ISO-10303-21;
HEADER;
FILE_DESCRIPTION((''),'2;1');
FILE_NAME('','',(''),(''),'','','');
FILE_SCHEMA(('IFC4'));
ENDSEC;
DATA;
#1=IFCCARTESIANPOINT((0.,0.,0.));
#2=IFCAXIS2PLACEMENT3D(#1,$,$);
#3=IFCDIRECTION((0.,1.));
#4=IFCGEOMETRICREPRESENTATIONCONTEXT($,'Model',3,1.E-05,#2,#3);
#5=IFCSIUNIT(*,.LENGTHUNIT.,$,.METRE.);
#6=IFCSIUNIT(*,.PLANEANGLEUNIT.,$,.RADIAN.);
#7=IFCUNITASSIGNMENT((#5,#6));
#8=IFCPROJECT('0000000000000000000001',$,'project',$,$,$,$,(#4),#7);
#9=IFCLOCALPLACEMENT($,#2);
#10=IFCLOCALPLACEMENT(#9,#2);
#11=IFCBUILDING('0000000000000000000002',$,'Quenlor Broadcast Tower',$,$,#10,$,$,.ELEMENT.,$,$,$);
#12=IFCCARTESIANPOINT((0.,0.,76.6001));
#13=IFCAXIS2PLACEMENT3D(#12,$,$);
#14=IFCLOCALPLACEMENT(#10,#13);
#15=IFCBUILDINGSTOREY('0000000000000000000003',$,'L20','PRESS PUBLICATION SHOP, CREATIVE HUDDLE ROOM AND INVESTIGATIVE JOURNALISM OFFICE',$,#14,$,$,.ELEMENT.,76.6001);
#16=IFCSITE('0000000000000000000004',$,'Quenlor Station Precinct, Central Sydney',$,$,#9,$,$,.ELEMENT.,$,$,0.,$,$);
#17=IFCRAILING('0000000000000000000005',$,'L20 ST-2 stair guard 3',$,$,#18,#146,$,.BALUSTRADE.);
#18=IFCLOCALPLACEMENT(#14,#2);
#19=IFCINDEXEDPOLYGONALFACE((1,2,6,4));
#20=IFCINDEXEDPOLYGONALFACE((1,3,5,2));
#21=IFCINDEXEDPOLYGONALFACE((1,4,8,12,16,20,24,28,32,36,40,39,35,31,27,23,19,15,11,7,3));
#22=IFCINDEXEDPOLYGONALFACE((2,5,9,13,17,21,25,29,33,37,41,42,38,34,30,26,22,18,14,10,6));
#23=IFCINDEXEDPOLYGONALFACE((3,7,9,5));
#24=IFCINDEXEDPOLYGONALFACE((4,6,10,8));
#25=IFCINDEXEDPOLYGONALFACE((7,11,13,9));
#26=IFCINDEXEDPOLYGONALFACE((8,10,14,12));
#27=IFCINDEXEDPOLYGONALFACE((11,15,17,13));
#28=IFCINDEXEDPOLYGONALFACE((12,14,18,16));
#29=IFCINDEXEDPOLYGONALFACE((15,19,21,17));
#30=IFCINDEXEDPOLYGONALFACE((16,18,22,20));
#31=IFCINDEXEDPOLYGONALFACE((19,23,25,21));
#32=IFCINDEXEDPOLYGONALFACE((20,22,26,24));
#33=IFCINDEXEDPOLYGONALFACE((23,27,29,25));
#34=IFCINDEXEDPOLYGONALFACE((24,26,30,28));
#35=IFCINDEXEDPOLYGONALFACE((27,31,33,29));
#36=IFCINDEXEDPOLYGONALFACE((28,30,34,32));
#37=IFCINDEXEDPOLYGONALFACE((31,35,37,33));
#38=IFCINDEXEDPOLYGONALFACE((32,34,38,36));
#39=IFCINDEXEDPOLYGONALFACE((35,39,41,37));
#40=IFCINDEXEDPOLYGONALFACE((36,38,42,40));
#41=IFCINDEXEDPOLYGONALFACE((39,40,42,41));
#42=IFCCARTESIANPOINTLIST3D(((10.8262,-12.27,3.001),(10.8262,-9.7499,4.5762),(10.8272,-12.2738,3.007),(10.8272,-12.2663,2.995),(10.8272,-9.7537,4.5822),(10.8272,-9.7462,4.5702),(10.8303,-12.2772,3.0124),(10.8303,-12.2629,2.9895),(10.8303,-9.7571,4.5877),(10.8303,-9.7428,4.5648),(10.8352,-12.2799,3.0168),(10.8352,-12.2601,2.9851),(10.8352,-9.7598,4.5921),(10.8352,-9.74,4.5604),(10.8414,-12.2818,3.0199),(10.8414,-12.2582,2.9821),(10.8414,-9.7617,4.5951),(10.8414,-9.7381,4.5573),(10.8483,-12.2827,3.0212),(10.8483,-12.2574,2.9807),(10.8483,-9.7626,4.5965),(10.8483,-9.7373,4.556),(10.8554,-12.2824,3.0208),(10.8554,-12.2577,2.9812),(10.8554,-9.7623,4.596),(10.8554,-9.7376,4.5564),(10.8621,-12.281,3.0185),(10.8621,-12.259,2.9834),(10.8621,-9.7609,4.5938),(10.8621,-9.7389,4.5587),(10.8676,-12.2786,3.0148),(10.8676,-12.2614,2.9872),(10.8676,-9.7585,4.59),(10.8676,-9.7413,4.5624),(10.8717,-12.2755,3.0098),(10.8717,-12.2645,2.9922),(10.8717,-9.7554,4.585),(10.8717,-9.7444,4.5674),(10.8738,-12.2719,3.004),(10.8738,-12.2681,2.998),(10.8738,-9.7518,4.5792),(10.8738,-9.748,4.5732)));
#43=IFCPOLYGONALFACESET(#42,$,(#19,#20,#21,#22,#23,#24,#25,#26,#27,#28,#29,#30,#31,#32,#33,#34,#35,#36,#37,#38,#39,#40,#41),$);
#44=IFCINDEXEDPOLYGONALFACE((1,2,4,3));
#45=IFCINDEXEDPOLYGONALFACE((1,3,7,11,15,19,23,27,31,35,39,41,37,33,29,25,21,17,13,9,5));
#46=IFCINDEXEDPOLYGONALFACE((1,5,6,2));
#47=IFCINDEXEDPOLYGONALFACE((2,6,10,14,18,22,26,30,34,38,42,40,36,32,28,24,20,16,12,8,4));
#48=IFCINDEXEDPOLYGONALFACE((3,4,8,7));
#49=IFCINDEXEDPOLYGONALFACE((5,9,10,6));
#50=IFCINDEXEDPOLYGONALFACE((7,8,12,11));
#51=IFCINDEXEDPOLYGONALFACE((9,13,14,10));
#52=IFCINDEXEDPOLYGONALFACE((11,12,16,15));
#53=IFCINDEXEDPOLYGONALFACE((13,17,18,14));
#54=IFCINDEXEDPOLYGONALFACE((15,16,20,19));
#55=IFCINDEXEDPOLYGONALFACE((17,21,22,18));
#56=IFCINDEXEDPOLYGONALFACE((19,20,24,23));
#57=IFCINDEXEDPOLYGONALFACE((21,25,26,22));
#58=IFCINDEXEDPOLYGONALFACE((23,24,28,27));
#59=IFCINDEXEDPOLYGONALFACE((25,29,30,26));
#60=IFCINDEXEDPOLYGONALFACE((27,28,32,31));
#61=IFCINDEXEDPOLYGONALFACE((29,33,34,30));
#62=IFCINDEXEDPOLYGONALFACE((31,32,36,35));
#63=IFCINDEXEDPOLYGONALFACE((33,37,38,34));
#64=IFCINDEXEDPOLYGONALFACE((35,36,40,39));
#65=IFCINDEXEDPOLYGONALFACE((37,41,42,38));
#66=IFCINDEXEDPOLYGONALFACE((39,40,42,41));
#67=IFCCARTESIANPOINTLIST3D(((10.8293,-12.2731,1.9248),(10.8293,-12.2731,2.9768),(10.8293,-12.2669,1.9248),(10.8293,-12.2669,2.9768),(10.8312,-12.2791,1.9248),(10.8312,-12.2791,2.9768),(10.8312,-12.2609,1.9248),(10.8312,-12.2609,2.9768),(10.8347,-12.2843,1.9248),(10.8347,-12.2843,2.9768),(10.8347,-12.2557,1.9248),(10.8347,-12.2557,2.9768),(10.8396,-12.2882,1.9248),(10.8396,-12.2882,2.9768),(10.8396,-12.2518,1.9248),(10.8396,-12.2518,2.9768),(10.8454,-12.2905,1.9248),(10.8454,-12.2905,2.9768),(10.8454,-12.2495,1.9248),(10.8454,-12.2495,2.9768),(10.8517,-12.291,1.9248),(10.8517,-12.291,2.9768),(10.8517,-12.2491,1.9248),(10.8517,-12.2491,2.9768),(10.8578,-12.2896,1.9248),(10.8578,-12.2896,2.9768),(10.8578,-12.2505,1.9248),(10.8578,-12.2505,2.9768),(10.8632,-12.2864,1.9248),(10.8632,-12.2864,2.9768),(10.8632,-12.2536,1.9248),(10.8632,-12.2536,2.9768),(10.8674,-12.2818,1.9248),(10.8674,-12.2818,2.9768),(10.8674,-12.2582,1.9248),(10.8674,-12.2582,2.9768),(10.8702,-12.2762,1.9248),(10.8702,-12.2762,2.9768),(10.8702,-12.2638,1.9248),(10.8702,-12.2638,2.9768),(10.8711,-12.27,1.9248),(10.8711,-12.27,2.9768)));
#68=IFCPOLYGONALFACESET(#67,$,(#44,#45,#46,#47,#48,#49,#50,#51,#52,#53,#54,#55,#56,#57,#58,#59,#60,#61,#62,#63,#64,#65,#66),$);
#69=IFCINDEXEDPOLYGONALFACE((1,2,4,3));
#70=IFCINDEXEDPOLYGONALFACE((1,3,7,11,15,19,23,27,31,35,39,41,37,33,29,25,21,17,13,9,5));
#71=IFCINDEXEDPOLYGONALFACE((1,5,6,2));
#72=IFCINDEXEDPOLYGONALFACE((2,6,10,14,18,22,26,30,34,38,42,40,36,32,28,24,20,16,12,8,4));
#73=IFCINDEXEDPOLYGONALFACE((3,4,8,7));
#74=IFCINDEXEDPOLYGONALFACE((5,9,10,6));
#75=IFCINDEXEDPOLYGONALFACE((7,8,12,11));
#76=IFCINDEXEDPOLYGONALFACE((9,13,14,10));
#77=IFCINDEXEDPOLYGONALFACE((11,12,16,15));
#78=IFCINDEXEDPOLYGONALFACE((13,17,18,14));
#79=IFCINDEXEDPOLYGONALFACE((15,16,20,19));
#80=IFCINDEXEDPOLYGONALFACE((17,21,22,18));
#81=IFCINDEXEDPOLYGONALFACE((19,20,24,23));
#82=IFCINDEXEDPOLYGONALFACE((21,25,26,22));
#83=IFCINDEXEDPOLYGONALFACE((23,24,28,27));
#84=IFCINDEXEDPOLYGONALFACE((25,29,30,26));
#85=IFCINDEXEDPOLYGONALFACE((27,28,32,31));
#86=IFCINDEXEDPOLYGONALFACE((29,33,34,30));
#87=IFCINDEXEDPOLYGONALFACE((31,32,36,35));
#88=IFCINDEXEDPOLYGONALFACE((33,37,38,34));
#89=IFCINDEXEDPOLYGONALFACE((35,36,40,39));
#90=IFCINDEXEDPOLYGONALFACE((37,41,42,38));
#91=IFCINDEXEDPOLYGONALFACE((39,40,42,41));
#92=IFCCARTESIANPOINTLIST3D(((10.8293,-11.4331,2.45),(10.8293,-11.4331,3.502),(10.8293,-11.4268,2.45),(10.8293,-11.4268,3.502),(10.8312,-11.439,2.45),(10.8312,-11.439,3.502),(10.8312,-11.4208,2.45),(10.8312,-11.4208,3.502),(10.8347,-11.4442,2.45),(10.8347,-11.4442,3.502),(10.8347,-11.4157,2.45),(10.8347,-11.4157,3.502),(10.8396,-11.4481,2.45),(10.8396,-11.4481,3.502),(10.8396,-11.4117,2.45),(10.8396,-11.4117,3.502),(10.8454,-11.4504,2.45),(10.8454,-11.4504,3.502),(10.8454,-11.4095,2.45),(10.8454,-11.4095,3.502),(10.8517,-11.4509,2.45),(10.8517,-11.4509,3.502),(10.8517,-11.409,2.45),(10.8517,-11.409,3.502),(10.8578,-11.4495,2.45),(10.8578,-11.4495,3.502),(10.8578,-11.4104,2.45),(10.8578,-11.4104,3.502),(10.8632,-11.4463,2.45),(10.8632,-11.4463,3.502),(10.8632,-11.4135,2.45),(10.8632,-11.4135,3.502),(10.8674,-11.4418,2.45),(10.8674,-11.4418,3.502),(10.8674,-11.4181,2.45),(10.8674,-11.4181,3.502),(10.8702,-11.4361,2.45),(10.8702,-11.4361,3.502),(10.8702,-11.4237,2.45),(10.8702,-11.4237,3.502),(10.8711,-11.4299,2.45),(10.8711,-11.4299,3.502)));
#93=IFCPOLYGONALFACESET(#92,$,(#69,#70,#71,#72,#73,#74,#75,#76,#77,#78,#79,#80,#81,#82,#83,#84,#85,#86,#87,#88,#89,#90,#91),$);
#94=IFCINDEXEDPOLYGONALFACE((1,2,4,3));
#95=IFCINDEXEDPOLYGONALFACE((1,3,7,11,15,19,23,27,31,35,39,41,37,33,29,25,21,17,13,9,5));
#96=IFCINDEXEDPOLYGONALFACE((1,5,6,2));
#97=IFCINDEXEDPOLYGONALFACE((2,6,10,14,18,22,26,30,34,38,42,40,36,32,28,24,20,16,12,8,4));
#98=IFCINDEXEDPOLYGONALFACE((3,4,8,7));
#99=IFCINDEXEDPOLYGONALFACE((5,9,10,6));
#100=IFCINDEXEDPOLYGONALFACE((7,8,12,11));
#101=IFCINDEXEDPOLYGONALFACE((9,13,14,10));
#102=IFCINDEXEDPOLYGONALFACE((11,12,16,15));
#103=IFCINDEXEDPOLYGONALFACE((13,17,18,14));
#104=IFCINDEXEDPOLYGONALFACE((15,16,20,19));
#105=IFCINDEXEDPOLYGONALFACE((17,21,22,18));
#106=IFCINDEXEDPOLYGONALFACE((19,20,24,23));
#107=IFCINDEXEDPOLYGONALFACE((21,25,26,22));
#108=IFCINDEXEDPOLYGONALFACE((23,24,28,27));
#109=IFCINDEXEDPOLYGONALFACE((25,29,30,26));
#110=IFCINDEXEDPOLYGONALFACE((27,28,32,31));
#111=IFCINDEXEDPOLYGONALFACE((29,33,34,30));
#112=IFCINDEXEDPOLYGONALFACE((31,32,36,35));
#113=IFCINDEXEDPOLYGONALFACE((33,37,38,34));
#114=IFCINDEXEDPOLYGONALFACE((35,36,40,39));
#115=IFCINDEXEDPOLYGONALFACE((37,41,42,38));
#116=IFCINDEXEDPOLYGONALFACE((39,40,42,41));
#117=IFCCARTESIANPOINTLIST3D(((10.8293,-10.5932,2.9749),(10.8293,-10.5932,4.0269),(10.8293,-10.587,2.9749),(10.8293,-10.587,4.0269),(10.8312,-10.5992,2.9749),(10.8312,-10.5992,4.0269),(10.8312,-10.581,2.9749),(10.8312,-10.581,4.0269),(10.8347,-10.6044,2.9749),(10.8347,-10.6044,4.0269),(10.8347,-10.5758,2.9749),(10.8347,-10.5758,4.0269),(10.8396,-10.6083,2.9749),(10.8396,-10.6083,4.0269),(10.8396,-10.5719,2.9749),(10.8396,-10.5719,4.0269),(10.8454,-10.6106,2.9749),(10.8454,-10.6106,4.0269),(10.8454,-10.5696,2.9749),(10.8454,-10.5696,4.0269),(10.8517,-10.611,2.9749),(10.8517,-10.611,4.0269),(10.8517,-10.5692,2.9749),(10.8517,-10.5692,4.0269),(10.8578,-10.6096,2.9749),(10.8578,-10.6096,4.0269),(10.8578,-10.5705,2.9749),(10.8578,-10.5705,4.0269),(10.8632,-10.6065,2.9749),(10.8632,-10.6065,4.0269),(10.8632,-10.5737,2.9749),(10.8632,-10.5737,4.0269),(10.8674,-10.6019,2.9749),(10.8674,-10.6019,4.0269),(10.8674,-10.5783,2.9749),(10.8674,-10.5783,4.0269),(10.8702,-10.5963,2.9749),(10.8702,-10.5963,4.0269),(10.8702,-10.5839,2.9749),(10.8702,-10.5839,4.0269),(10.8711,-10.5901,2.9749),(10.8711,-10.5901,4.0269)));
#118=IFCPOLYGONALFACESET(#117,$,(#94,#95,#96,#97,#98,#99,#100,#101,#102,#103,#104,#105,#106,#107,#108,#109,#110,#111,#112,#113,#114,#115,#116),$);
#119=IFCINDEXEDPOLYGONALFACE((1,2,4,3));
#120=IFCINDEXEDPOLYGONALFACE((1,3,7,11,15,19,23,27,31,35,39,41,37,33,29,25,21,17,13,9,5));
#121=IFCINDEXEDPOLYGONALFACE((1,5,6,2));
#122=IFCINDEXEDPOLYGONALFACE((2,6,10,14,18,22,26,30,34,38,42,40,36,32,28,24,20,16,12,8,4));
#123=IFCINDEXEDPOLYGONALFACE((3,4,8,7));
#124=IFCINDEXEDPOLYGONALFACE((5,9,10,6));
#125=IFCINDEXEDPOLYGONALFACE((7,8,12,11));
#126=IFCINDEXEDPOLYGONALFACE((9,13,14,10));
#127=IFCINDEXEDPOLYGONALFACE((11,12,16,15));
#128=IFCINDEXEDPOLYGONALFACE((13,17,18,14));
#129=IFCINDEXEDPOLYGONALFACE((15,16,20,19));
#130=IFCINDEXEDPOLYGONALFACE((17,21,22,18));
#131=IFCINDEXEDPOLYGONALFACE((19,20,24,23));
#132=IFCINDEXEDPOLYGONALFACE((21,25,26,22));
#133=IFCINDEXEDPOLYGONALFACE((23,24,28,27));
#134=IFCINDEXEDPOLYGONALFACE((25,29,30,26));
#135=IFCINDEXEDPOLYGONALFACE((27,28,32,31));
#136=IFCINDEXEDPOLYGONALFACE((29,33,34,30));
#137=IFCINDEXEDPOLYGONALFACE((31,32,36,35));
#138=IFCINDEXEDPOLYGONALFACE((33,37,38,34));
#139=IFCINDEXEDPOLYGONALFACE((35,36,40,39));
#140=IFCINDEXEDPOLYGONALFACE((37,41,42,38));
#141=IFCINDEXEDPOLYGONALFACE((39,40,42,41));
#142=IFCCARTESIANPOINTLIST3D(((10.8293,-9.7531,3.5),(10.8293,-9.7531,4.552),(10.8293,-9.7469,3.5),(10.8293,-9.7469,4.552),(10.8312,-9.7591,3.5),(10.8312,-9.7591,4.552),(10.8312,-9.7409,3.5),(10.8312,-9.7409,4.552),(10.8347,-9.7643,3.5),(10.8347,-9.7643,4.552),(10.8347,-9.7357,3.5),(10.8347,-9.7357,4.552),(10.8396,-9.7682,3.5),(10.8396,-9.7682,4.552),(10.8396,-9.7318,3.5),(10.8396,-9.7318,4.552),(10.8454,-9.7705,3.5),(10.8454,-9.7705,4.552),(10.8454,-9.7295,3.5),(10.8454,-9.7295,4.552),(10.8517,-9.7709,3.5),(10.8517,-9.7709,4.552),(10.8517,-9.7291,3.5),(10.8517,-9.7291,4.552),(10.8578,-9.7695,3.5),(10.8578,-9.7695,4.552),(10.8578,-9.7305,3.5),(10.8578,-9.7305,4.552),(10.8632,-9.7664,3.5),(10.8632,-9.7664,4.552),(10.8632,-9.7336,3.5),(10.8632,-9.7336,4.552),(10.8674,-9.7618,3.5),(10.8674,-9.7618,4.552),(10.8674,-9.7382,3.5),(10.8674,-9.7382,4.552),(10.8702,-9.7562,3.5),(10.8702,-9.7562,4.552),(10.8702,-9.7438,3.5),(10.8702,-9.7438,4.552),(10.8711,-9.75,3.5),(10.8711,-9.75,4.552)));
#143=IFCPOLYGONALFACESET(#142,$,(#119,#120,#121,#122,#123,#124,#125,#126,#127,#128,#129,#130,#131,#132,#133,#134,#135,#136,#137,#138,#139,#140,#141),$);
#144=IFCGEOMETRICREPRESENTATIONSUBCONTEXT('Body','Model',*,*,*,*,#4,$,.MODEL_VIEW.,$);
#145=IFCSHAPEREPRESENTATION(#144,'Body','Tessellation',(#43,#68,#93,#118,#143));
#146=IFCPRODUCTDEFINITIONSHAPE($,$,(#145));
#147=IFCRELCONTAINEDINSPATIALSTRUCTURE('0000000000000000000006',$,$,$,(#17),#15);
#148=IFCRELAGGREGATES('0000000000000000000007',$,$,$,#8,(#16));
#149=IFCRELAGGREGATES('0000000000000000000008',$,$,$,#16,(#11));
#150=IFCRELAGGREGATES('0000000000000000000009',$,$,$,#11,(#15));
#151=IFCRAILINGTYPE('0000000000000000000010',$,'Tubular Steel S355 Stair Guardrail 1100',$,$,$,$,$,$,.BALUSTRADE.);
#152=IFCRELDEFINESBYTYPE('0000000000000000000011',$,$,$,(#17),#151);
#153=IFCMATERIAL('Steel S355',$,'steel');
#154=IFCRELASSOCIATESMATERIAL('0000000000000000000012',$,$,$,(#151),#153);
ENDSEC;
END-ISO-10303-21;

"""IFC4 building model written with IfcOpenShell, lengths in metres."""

from ifc_helpers import new_model, si_unit, direction, frame, origin, origin_2d, place, context, subcontext, project, spatial, circle, extrude, material, type_object, element, save


model = new_model("IFC4")

# Units and contexts
model_context = context("Model", 3, precision=1e-05, world=origin(), true_north=direction((0.0, 1.0)))
body_context = subcontext(model_context, "Body", "Model", "MODEL_VIEW")
ifc_project = project(units=[si_unit("LENGTHUNIT", "METRE"), si_unit("PLANEANGLEUNIT", "RADIAN")], contexts=[model_context])

# Site, building, storey
site_placement = place(None, origin())
site = spatial("IfcSite", under=ifc_project, at=site_placement, Name="Quenlor Station Precinct, Central Sydney", CompositionType="ELEMENT", RefElevation=0.0)
building_placement = place(site_placement, origin())
building = spatial("IfcBuilding", under=site, at=building_placement, Name="Quenlor Broadcast Tower", CompositionType="ELEMENT")
storey_placement = place(building_placement, frame((0.0, 0.0, 76.6001)))
storey = spatial("IfcBuildingStorey", under=building, at=storey_placement, Name="L20", Description="PRESS PUBLICATION SHOP, CREATIVE HUDDLE ROOM AND INVESTIGATIVE JOURNALISM OFFICE", CompositionType="ELEMENT", Elevation=76.6001)

# Railing
ifc_material_1 = material(Name="Steel S355", Category="steel")
railing_type_1 = type_object("IfcRailingType", Name="Tubular Steel S355 Stair Guardrail 1100", PredefinedType="BALUSTRADE", material=ifc_material_1)
railing_1_placement = place(storey_placement, frame((10.8501, -12.27, 1.9248)))
element("IfcRailing", 1, at=railing_1_placement, inside=storey, type_object=railing_type_1, Name="L20 ST-2 stair guard 3", PredefinedType="BALUSTRADE", context=body_context, shape_type="SweptSolid", body=[
    extrude(circle(Radius=0.0239, at=origin_2d()), frame((0.0, 0.0, 1.0762), z_axis=(0.0, 0.847971, 0.530043), x_axis=(-1.0, 0.0, 0.0)), (0.0, 0.0, 1.0), 2.9719),
    extrude(circle(Radius=0.021, at=origin_2d()), origin(), (0.0, 0.0, 1.0), 1.052),
    extrude(circle(Radius=0.021, at=origin_2d()), frame((0.0, 0.8401, 0.5251)), (0.0, 0.0, 1.0), 1.052),
    extrude(circle(Radius=0.021, at=origin_2d()), frame((0.0, 1.6799, 1.05)), (0.0, 0.0, 1.0), 1.052),
    extrude(circle(Radius=0.021, at=origin_2d()), frame((0.0, 2.52, 1.5752)), (0.0, 0.0, 1.0), 1.052),
])

save(model, "model.ifc")
